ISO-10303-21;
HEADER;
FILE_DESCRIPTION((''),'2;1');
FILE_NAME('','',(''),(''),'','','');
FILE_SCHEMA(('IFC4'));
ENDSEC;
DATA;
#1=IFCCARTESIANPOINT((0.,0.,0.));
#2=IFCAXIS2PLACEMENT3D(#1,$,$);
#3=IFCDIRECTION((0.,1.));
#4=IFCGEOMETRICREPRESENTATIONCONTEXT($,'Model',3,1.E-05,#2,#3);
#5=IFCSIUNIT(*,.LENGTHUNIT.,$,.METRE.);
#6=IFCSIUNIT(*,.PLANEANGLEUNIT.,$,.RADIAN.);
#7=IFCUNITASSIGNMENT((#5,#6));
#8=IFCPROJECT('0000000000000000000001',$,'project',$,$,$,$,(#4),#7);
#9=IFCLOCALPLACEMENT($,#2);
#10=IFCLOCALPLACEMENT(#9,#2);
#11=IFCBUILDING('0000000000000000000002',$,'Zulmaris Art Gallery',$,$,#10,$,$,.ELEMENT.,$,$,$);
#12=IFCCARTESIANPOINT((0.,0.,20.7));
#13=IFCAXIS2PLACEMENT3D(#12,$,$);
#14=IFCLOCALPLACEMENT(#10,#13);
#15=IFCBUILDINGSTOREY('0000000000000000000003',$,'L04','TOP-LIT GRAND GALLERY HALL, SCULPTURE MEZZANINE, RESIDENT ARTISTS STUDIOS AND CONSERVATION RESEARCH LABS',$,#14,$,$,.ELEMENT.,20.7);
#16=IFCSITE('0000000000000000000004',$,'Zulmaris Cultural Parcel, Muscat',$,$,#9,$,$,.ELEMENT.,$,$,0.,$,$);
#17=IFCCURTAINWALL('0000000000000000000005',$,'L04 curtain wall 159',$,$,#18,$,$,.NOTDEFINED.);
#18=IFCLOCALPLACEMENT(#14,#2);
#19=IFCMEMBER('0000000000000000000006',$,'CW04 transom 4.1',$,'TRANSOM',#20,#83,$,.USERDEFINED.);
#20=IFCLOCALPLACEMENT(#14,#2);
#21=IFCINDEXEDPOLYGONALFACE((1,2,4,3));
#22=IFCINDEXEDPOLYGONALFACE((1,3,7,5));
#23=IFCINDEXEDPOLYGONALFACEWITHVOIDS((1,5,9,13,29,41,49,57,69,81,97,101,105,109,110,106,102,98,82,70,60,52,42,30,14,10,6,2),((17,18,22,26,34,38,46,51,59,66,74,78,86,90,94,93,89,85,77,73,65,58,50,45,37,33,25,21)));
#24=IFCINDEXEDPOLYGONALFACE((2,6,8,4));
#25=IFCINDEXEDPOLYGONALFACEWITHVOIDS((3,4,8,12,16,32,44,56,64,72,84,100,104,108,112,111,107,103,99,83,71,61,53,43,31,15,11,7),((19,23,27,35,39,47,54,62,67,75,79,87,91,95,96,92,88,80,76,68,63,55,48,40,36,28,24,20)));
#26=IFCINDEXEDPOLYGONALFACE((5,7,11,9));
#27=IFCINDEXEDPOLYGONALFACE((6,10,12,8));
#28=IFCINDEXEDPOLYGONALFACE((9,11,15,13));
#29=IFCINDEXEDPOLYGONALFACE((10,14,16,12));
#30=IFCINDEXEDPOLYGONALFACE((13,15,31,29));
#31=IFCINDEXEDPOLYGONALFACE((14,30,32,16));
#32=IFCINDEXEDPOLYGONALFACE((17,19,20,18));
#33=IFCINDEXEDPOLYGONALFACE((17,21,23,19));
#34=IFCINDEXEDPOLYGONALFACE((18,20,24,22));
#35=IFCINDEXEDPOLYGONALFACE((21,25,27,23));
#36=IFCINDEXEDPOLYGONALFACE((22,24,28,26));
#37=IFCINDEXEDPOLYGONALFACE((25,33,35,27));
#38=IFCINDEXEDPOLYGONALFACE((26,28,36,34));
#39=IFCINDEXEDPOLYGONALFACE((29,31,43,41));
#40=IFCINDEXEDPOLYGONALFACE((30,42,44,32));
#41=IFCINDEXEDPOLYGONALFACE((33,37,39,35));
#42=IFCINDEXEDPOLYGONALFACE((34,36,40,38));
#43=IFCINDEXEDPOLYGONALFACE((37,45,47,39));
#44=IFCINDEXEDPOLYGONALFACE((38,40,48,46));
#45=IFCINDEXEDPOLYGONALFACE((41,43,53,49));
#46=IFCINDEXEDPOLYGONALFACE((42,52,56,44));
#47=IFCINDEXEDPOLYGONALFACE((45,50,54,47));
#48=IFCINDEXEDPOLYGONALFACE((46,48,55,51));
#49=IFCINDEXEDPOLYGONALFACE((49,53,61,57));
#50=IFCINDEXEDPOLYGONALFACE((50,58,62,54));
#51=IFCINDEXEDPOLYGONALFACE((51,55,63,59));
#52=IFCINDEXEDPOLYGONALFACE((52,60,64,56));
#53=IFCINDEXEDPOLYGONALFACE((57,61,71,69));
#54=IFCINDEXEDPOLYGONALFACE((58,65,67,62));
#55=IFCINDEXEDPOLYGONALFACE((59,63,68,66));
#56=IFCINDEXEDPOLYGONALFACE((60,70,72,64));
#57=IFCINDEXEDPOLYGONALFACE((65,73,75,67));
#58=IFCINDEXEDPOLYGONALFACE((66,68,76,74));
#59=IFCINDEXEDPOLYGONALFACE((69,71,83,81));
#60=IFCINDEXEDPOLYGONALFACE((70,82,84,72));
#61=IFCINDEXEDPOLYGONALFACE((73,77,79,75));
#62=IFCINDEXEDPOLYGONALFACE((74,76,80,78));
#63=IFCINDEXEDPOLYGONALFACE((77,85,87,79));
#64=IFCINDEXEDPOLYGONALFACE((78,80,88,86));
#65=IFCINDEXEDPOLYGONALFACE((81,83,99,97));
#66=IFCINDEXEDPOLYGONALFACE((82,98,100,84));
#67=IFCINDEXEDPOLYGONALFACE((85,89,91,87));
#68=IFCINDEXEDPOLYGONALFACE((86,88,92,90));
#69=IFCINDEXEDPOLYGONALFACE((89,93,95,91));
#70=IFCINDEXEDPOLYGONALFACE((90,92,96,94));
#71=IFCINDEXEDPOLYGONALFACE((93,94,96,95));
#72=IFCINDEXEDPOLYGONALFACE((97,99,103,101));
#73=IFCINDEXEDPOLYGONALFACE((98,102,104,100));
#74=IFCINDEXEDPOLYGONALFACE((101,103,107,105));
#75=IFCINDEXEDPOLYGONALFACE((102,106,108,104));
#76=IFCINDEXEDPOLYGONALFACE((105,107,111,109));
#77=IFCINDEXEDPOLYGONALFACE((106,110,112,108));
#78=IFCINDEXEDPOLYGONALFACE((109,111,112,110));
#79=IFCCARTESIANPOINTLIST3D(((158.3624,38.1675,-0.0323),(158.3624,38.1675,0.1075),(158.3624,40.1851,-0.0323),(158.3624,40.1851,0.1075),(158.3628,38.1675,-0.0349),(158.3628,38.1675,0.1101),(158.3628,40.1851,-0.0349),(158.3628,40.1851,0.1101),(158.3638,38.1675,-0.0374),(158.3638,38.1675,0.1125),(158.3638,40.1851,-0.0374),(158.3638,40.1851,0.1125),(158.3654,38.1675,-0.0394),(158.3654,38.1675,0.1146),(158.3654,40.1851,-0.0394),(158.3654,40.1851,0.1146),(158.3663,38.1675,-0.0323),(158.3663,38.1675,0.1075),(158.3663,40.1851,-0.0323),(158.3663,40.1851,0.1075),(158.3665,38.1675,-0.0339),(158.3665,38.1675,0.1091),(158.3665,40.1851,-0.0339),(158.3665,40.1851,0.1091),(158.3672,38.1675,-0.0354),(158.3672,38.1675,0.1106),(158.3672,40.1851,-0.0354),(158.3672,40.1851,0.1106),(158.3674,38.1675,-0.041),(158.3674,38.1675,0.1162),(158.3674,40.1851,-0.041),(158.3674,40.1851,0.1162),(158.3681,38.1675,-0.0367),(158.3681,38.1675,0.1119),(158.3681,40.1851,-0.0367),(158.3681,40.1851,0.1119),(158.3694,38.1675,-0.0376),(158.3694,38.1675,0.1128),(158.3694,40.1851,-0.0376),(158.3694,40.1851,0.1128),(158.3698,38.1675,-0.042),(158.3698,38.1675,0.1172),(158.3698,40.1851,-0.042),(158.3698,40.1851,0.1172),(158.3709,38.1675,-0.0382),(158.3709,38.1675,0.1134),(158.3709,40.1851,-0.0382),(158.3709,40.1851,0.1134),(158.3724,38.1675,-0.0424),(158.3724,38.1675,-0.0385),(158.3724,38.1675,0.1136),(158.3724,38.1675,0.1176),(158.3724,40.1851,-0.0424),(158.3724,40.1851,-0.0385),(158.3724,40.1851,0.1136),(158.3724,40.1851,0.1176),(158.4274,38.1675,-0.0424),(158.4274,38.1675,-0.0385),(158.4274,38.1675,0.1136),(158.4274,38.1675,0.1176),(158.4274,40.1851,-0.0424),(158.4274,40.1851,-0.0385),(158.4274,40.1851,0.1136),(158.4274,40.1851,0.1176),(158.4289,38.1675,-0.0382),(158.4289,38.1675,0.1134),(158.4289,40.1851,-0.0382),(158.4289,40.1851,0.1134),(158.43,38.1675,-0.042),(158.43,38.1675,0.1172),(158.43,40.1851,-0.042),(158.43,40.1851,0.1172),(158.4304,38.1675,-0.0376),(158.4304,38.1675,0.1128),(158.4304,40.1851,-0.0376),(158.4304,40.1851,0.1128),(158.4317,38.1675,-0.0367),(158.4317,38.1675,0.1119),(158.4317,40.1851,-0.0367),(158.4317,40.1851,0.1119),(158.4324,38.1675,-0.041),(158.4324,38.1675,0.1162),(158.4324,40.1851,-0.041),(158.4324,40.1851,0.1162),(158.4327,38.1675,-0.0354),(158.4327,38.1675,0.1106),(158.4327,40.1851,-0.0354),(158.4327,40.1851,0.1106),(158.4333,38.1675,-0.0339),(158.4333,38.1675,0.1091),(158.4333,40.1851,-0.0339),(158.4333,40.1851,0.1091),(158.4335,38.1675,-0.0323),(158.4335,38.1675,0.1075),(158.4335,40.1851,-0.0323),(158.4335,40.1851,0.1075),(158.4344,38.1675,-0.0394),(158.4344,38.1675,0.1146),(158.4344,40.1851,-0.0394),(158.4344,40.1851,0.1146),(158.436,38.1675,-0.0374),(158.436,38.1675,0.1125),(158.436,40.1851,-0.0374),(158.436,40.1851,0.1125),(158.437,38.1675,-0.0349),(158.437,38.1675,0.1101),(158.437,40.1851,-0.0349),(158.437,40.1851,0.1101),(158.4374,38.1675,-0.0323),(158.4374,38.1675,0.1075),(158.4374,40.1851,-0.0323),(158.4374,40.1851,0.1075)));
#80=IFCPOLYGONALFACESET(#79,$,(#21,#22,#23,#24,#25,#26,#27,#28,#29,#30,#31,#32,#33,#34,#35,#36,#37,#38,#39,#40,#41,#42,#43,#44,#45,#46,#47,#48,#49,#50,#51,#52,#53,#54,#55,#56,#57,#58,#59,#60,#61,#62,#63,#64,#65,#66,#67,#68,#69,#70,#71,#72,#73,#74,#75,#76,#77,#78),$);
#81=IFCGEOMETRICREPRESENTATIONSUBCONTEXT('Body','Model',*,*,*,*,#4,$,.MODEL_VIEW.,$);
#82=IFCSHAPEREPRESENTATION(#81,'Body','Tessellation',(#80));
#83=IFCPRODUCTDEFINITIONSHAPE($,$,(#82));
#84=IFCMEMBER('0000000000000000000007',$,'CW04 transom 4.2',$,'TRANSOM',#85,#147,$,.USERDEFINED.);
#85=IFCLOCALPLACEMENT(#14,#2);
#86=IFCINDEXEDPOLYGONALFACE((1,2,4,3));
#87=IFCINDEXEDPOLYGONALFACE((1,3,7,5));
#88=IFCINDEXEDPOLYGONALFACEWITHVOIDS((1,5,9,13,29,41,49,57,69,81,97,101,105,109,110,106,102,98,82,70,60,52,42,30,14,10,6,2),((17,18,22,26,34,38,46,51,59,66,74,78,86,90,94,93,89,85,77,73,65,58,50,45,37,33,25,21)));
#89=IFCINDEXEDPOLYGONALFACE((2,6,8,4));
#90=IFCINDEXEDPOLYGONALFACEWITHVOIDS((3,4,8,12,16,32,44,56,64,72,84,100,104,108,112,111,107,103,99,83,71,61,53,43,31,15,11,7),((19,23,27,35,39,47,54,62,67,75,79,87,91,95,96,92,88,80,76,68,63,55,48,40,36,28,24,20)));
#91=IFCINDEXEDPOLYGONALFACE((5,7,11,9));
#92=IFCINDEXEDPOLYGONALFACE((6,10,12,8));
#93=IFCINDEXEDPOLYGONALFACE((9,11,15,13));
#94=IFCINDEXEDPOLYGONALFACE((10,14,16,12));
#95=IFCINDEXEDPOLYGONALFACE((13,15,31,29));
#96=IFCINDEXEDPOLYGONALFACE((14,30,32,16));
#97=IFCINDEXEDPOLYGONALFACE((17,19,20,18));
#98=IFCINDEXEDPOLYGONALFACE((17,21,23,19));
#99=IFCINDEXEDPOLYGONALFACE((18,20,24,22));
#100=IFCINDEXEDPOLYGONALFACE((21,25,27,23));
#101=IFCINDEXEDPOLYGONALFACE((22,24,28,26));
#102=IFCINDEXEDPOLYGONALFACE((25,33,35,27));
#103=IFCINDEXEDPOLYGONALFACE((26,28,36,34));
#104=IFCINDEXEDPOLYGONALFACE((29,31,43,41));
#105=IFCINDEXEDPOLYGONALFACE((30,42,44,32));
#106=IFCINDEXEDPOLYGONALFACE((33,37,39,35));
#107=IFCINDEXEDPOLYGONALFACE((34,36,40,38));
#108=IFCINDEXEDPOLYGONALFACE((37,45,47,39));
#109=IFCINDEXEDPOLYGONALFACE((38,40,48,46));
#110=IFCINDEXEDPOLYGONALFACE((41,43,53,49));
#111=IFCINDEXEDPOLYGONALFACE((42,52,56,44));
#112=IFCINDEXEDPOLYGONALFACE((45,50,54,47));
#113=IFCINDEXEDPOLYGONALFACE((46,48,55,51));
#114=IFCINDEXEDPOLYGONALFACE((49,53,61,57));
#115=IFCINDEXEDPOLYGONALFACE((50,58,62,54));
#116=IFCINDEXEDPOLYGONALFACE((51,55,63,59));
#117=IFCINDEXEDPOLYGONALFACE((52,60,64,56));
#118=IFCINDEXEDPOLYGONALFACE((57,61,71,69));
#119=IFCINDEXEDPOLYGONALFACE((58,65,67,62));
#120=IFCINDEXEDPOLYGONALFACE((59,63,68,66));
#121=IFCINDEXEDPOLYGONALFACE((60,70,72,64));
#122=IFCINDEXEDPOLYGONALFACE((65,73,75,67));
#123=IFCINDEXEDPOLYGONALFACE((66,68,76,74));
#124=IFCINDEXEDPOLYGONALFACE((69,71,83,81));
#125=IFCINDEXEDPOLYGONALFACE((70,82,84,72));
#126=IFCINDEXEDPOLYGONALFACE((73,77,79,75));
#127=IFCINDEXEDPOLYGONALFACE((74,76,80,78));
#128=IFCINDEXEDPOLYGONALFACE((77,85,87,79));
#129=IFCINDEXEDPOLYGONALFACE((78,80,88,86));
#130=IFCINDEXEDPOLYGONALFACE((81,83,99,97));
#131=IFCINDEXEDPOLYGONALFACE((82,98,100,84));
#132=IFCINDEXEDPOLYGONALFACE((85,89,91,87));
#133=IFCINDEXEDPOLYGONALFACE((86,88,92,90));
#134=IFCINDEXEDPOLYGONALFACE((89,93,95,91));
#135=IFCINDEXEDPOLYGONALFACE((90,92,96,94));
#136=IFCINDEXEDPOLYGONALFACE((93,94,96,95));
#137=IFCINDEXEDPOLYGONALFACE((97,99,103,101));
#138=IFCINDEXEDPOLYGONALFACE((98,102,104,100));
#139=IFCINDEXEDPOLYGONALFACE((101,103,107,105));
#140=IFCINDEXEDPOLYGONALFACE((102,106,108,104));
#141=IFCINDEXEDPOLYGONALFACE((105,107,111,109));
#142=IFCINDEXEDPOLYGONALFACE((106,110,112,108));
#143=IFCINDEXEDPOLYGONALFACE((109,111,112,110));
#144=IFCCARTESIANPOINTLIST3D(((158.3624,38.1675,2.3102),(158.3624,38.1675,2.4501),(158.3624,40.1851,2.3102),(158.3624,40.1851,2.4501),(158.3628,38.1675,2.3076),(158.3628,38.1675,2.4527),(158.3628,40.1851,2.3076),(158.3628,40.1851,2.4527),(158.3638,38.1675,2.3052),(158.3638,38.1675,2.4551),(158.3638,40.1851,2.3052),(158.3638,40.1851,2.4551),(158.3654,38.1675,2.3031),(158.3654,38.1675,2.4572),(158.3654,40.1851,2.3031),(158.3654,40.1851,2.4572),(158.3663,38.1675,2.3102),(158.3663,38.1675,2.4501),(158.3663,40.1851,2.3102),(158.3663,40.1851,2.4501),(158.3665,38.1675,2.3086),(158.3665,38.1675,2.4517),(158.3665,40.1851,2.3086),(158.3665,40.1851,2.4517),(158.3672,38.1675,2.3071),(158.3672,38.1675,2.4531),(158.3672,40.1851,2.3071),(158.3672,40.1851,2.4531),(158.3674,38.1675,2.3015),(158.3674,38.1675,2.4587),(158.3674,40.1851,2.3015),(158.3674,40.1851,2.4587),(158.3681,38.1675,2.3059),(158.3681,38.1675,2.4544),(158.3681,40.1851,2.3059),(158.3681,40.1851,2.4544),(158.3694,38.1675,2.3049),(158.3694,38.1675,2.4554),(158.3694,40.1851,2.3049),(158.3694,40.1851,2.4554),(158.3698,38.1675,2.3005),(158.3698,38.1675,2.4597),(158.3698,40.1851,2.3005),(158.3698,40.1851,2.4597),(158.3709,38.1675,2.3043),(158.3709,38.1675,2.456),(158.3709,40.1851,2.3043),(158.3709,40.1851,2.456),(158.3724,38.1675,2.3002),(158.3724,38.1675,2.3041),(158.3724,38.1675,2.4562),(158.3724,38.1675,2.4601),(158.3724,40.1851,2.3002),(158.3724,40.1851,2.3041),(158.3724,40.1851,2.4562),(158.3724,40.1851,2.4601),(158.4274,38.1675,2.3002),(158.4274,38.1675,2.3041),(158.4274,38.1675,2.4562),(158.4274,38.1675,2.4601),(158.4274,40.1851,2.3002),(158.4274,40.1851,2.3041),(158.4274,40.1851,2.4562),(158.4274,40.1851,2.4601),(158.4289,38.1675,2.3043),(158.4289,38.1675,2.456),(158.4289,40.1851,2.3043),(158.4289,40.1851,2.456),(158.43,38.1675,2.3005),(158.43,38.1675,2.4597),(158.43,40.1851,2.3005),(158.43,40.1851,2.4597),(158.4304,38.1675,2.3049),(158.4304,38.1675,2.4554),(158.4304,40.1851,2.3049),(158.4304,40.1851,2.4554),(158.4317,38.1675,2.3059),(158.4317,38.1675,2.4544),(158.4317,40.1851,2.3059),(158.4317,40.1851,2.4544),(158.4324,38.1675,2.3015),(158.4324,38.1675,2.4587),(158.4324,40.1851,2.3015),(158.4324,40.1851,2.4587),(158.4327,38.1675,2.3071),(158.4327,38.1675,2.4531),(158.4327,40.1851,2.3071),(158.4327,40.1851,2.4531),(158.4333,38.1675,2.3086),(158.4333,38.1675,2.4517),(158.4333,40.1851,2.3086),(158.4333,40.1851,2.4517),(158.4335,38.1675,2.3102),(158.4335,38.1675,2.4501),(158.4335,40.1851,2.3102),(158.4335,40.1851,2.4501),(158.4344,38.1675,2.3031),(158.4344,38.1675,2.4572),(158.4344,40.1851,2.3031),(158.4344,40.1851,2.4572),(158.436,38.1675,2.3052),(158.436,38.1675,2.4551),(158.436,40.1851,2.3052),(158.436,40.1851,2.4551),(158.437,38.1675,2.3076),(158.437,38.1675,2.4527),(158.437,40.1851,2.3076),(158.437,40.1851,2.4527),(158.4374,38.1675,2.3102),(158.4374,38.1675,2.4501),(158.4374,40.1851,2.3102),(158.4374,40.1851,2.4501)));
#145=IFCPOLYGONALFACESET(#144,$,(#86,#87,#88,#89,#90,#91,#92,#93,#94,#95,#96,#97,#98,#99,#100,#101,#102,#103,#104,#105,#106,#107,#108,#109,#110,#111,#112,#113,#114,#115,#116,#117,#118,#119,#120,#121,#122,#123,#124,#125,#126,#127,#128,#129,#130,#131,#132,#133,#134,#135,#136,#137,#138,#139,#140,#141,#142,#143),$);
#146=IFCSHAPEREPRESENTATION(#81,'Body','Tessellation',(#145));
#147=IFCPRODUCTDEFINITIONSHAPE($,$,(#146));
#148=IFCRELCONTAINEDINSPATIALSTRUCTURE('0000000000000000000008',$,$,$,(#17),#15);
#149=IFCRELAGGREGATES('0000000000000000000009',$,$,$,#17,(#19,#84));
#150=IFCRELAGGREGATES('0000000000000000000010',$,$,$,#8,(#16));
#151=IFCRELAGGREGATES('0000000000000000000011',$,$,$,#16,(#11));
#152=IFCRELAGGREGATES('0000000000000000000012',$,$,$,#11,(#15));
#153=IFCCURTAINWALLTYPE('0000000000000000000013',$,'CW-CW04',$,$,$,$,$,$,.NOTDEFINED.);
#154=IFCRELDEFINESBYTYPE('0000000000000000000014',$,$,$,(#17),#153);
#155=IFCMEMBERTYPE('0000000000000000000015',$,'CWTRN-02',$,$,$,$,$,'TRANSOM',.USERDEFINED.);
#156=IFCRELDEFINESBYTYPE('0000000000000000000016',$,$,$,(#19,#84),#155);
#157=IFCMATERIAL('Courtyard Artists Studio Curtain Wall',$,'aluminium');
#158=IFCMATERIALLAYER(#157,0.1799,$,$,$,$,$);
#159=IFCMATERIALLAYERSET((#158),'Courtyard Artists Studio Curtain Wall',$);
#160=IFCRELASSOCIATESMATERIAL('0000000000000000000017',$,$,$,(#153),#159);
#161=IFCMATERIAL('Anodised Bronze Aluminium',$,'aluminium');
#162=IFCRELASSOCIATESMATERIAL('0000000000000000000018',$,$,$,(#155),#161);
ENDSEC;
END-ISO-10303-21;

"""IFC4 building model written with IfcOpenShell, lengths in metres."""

from ifc_helpers import new_model, si_unit, direction, frame, origin, origin_2d, place, context, subcontext, project, spatial, hollow_rectangle, extrude, material, layer, layer_set, material_profile, profile_set, type_object, element, aggregate, save


model = new_model("IFC4")

# Units and contexts
model_context = context("Model", 3, precision=1e-05, world=origin(), true_north=direction((0.0, 1.0)))
body_context = subcontext(model_context, "Body", "Model", "MODEL_VIEW")
ifc_project = project(units=[si_unit("LENGTHUNIT", "METRE"), si_unit("PLANEANGLEUNIT", "RADIAN")], contexts=[model_context])

# Site, building, storey
site_placement = place(None, origin())
site = spatial("IfcSite", under=ifc_project, at=site_placement, Name="Zulmaris Cultural Parcel, Muscat", CompositionType="ELEMENT", RefElevation=0.0)
building_placement = place(site_placement, origin())
building = spatial("IfcBuilding", under=site, at=building_placement, Name="Zulmaris Art Gallery", CompositionType="ELEMENT")
storey_placement = place(building_placement, frame((0.0, 0.0, 20.7)))
storey = spatial("IfcBuildingStorey", under=building, at=storey_placement, Name="L04", Description="TOP-LIT GRAND GALLERY HALL, SCULPTURE MEZZANINE, RESIDENT ARTISTS STUDIOS AND CONSERVATION RESEARCH LABS", CompositionType="ELEMENT", Elevation=20.7)

# Curtain wall
ifc_material_1 = material(Name="Courtyard Artists Studio Curtain Wall", Category="aluminium")
ifc_layer_1 = layer(ifc_material_1, 0.1799)
ifc_layer_set_1 = layer_set([ifc_layer_1], Name="Courtyard Artists Studio Curtain Wall")
curtain_wall_type = type_object("IfcCurtainWallType", Name="CW-CW04", PredefinedType="NOTDEFINED", material=ifc_layer_set_1)
curtain_wall_1_placement = place(storey_placement, origin())
curtain_wall_1 = element("IfcCurtainWall", 1, at=curtain_wall_1_placement, inside=storey, type_object=curtain_wall_type, Name="L04 curtain wall 159", PredefinedType="NOTDEFINED")
ifc_material_2 = material(Name="Anodised Bronze Aluminium", Category="aluminium")

# Members
ifc_material_profile_1 = material_profile(ifc_material_2, hollow_rectangle(XDim=0.075, YDim=0.1599, WallThickness=0.0039, InnerFilletRadius=0.0061, OuterFilletRadius=0.01, at=origin_2d()), Name="ALU 75x160x4")
ifc_profile_set_1 = profile_set([ifc_material_profile_1], Name="Anodised Bronze Aluminium")
member_type_1 = type_object("IfcMemberType", Name="CWTRN-02", ElementType="TRANSOM", PredefinedType="USERDEFINED", material=ifc_profile_set_1)
member_1_placement = place(storey_placement, frame((158.3999, 38.1675, 0.0376), z_axis=(0.0, 1.0, 0.0), x_axis=(-1.0, 0.0, 0.0)))
member_1 = element("IfcMember", 2, at=member_1_placement, type_object=member_type_1, Name="CW04 transom 4.1", ObjectType="TRANSOM", PredefinedType="USERDEFINED", context=body_context, shape_type="SweptSolid", body=[
    extrude(hollow_rectangle(XDim=0.075, YDim=0.1599, WallThickness=0.0039, InnerFilletRadius=0.0061, OuterFilletRadius=0.01, at=origin_2d()), origin(), (0.0, 0.0, 1.0), 2.0176),
])
member_2_placement = place(storey_placement, frame((158.3999, 38.1675, 2.3801), z_axis=(0.0, 1.0, 0.0), x_axis=(-1.0, 0.0, 0.0)))
member_2 = element("IfcMember", 3, at=member_2_placement, type_object=member_type_1, Name="CW04 transom 4.2", ObjectType="TRANSOM", PredefinedType="USERDEFINED", context=body_context, shape_type="SweptSolid", body=[
    extrude(hollow_rectangle(XDim=0.075, YDim=0.1599, WallThickness=0.0039, InnerFilletRadius=0.0061, OuterFilletRadius=0.01, at=origin_2d()), origin(), (0.0, 0.0, 1.0), 2.0176),
])

aggregate(curtain_wall_1, [member_1, member_2])

save(model, "model.ifc")
